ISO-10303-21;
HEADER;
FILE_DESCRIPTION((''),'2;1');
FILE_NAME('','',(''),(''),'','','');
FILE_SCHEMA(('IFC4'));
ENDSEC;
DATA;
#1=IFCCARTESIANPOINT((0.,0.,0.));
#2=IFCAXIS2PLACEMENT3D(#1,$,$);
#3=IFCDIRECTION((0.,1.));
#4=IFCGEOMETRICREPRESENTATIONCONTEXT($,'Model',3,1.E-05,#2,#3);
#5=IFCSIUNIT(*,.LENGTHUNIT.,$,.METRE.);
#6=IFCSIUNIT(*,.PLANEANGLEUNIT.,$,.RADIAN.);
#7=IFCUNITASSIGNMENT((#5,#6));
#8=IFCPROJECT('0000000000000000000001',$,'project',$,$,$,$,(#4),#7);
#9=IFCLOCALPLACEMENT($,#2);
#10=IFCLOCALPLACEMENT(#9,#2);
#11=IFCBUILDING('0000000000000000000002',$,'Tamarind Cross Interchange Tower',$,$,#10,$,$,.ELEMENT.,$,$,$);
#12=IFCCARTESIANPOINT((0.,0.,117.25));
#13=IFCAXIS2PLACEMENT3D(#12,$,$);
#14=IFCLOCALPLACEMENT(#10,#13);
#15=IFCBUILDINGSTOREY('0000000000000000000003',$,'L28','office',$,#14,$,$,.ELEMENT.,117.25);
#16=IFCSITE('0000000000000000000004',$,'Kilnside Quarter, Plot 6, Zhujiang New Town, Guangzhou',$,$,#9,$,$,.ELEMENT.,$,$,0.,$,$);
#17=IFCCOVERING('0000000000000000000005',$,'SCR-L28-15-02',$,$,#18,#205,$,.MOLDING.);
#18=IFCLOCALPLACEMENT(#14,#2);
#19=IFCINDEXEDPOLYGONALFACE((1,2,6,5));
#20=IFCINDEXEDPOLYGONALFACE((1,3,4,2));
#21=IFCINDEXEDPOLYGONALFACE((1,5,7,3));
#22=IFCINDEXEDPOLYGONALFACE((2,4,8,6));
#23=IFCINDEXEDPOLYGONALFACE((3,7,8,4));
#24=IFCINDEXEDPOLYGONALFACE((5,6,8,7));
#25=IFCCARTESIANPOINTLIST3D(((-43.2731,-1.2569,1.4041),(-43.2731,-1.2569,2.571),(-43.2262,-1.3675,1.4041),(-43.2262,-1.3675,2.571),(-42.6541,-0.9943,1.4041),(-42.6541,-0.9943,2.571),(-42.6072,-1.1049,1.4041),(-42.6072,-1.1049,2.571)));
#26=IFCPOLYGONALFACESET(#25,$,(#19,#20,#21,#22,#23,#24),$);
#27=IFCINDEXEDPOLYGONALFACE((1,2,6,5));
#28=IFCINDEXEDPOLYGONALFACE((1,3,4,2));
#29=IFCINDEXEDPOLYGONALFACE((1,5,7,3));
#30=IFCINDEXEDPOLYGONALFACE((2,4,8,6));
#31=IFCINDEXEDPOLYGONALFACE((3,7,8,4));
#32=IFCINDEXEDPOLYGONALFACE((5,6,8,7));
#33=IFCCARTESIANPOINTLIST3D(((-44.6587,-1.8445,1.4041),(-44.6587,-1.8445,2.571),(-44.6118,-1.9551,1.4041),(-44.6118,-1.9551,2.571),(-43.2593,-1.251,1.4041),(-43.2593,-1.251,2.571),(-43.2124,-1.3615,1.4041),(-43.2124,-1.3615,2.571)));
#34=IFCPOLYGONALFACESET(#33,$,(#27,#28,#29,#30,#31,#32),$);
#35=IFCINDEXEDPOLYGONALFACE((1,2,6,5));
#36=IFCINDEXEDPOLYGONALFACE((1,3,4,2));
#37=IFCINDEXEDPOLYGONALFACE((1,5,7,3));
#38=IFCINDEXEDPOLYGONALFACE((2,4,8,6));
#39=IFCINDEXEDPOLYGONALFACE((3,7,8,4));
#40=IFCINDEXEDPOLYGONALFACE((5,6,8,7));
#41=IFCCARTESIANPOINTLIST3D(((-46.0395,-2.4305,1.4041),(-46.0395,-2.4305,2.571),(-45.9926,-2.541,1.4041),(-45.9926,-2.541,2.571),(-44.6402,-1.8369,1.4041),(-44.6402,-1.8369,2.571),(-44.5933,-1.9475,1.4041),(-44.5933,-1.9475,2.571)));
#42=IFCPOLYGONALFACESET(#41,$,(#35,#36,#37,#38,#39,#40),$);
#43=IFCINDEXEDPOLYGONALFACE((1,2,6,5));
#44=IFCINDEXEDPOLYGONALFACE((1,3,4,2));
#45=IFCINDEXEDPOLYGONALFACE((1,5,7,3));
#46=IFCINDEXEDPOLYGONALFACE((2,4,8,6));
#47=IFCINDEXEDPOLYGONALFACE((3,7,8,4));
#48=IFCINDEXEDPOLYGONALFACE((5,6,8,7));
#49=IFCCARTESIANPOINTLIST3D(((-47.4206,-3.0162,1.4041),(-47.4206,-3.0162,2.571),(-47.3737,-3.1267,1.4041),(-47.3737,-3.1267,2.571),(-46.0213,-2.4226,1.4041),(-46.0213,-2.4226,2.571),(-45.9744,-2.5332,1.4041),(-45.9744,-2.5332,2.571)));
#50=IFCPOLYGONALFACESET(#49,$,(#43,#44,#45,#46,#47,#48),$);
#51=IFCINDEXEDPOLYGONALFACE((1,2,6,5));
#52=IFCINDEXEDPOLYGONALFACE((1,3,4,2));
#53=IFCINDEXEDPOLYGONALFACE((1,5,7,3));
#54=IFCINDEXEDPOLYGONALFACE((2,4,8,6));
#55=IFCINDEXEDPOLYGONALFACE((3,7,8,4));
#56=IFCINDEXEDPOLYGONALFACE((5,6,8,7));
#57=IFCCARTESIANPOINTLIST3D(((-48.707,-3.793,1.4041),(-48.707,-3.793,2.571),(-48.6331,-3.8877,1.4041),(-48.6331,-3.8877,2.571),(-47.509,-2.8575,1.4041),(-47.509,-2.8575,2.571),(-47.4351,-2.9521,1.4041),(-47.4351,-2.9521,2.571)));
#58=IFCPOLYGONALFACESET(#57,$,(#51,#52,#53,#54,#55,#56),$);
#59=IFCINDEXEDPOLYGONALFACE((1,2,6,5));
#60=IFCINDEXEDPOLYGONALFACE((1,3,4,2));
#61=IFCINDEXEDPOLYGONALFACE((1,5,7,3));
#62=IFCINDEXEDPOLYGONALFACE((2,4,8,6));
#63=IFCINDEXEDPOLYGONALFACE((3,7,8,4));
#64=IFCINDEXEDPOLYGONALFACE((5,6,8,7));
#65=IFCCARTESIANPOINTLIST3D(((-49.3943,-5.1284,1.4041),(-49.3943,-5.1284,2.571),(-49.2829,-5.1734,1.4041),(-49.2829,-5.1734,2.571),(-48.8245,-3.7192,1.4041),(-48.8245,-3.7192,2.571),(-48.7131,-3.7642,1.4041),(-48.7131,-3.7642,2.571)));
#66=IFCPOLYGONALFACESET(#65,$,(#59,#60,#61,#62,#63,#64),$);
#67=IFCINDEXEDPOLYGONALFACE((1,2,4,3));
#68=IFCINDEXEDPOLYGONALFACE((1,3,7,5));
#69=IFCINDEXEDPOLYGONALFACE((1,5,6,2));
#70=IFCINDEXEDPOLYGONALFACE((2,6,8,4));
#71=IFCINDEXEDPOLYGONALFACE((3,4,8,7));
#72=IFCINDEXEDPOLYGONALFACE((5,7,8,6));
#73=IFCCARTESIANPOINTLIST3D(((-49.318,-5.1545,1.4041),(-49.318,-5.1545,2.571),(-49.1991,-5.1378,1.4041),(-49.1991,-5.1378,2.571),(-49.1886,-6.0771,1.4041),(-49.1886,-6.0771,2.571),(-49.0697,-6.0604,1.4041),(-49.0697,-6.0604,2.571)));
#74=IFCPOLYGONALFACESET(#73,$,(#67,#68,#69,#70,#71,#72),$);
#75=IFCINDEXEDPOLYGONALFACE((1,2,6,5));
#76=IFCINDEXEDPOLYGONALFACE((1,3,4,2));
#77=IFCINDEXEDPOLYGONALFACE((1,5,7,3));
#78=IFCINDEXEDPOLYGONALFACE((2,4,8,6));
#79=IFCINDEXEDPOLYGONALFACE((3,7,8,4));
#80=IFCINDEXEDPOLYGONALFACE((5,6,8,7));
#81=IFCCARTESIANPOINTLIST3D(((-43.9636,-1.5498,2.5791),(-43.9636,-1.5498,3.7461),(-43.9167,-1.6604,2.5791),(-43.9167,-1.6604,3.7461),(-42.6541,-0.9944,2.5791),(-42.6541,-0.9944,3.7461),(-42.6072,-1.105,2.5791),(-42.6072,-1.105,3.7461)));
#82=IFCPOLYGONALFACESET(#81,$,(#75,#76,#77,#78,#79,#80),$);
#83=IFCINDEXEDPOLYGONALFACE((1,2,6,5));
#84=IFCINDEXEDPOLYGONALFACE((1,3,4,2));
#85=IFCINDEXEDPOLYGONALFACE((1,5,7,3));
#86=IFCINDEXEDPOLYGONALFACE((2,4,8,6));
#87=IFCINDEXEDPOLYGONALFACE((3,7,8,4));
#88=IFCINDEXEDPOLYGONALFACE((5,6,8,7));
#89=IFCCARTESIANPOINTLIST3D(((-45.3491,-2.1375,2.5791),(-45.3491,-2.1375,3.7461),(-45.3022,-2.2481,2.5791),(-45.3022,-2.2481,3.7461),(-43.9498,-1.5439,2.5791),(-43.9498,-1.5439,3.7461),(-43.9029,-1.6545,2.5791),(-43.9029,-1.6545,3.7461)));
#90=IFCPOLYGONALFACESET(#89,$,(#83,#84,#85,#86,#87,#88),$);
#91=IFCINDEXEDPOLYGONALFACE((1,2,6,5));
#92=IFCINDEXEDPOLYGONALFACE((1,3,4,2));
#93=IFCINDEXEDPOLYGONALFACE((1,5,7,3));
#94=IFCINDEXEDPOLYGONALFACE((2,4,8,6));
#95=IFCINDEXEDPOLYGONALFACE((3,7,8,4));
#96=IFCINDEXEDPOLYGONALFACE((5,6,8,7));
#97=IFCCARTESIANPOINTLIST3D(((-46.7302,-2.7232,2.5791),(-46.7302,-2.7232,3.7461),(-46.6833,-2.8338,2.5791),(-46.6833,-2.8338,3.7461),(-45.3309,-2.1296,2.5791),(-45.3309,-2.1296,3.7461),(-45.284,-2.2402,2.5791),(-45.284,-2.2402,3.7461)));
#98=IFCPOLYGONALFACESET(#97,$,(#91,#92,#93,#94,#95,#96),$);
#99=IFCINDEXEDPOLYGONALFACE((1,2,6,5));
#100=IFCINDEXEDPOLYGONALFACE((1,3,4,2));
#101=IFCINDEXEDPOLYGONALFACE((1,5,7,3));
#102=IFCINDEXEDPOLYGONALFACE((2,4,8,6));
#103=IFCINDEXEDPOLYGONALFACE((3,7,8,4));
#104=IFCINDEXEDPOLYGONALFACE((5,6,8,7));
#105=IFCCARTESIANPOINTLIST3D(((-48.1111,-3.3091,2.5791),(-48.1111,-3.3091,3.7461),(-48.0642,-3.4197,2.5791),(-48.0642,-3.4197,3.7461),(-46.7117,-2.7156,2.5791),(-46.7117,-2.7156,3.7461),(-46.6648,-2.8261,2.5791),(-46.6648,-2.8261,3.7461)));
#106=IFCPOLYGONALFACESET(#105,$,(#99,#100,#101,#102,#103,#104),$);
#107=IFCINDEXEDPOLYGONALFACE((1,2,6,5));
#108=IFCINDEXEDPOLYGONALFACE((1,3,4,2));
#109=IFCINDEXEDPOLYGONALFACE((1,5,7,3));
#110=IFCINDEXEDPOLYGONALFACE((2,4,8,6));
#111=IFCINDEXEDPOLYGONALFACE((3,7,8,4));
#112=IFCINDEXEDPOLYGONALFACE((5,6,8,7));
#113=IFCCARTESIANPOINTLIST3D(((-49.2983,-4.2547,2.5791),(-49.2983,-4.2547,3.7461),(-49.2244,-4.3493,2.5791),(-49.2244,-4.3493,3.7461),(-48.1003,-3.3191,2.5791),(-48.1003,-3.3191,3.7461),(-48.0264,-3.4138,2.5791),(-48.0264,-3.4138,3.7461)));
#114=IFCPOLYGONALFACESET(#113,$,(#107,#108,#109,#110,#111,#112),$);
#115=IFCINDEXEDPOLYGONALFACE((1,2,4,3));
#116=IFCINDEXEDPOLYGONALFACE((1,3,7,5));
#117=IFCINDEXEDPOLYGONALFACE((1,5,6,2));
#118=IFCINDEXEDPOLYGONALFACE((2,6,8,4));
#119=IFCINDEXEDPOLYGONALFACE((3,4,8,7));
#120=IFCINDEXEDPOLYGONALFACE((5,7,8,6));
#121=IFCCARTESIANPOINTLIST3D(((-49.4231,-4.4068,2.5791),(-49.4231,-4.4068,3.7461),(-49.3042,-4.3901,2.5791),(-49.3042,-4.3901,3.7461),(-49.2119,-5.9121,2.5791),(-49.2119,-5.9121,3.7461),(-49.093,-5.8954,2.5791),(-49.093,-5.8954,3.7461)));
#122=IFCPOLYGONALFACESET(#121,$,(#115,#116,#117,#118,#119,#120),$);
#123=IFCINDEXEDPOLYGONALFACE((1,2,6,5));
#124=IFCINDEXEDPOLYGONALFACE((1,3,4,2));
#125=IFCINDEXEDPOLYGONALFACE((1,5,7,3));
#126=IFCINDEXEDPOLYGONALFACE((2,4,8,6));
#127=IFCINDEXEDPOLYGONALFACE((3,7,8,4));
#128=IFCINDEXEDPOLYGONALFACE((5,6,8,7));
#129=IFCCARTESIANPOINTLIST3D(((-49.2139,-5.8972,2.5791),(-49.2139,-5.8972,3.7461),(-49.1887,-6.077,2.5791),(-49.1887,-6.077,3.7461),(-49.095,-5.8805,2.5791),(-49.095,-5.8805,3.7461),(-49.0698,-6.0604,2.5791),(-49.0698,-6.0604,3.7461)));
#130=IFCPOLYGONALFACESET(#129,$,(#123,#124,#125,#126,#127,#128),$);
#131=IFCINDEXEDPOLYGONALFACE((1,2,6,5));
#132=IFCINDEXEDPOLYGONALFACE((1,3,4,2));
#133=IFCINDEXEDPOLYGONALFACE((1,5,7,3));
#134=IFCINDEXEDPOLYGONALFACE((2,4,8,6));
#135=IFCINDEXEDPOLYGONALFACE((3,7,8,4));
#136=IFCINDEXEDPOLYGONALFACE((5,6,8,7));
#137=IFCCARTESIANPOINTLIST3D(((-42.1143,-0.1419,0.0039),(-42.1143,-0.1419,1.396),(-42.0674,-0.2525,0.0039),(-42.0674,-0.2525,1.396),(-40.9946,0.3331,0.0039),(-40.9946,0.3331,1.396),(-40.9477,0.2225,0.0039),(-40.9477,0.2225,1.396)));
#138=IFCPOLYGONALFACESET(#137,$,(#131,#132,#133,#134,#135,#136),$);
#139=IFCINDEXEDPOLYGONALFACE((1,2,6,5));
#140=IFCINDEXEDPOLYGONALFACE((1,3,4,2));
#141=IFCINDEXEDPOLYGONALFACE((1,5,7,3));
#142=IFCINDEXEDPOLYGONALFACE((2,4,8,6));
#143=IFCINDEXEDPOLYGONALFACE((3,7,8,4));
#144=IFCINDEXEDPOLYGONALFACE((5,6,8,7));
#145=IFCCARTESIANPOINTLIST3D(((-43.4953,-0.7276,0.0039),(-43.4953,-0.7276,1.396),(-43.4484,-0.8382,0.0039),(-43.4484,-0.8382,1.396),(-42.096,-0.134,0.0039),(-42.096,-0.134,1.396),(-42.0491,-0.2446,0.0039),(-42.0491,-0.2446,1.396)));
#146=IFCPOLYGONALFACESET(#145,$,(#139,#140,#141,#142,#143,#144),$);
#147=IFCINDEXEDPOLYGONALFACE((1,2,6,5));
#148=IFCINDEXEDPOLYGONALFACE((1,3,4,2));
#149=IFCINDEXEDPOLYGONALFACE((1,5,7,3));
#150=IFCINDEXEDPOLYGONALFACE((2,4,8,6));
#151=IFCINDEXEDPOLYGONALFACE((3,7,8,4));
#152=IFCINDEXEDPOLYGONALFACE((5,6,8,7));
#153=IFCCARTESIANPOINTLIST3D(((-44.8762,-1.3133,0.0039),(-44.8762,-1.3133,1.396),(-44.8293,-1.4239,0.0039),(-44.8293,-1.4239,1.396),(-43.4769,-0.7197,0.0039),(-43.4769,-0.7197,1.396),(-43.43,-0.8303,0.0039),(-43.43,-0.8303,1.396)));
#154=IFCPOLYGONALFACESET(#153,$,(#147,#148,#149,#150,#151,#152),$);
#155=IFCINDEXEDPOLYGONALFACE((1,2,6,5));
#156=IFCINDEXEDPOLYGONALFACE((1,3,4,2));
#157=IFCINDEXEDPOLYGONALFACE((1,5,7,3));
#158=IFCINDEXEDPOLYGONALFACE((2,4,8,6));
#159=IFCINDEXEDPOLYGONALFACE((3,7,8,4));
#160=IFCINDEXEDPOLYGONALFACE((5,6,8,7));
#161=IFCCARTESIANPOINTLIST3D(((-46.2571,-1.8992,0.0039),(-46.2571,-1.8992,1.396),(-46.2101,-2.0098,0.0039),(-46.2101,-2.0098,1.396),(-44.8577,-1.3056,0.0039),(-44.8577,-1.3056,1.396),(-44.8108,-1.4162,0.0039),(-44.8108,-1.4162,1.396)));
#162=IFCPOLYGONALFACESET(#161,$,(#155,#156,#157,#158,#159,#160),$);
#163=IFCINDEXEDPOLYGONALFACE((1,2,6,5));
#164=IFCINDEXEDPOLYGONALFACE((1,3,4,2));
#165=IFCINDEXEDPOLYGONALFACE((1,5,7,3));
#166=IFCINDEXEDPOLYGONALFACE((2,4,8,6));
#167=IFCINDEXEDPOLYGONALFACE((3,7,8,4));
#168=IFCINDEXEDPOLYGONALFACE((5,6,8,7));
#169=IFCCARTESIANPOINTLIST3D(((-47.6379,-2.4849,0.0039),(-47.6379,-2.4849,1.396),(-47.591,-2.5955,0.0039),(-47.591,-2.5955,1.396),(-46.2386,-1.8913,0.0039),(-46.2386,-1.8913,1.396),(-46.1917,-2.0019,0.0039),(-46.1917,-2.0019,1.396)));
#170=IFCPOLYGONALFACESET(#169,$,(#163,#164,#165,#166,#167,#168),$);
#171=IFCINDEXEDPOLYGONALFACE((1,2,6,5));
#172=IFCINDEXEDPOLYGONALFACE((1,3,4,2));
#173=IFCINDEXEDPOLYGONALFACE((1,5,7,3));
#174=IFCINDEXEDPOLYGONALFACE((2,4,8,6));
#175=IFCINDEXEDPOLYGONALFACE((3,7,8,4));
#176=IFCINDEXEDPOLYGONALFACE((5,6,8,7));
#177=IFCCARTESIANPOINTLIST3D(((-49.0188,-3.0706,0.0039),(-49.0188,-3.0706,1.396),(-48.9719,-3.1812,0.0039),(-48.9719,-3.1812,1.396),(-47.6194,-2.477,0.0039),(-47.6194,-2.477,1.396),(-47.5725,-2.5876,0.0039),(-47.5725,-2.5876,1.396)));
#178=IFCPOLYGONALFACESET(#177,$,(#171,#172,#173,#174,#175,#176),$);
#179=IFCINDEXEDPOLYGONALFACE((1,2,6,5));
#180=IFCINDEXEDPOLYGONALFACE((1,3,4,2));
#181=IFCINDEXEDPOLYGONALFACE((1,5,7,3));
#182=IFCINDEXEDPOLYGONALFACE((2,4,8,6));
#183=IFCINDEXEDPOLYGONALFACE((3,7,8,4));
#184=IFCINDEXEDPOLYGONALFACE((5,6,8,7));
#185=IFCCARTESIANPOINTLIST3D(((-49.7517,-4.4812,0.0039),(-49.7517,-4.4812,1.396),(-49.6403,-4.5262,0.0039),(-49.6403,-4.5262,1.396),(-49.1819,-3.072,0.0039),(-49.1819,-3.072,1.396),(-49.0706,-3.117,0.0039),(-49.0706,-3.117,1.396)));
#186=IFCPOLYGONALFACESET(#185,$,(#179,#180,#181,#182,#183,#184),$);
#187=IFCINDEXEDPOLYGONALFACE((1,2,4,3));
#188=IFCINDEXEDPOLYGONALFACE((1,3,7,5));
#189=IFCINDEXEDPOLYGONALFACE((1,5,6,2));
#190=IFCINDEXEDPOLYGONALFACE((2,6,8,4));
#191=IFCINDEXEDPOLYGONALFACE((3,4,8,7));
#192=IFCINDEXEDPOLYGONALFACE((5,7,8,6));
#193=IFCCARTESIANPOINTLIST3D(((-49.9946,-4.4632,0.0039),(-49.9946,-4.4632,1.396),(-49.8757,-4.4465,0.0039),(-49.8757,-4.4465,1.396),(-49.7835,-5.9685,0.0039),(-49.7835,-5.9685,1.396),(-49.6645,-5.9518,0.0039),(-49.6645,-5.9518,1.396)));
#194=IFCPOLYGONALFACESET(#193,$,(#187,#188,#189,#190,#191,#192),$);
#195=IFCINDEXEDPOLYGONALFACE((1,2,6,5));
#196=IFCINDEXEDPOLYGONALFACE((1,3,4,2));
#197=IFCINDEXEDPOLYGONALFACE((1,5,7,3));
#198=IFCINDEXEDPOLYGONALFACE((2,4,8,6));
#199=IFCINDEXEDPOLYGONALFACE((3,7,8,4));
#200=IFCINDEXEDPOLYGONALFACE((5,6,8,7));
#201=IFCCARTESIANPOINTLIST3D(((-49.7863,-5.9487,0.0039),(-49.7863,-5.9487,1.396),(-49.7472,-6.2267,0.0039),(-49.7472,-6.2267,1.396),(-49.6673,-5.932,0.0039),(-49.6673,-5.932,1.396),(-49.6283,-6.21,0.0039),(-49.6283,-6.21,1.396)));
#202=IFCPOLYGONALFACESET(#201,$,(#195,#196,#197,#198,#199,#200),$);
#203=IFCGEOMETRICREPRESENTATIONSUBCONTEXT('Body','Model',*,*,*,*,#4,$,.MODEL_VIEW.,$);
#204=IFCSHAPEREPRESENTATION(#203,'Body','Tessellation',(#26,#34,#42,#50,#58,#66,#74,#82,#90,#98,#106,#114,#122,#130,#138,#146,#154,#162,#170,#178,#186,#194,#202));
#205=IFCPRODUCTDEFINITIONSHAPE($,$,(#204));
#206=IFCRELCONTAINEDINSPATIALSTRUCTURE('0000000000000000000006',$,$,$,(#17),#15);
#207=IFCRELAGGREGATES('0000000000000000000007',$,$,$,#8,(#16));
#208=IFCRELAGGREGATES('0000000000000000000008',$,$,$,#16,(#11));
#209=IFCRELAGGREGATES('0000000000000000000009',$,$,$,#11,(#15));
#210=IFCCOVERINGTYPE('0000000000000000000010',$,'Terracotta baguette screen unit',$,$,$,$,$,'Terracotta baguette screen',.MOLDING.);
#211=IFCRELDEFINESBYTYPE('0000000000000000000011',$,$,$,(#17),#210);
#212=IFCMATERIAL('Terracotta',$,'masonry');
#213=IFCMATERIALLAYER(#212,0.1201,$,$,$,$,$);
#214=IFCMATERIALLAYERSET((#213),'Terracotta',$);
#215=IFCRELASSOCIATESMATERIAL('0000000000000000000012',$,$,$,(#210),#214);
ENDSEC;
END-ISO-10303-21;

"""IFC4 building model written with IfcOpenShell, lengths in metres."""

from ifc_helpers import new_model, si_unit, direction, frame, origin, origin_2d, place, context, subcontext, project, spatial, rectangle, extrude, material, layer, layer_set, type_object, element, save


model = new_model("IFC4")

# Units and contexts
model_context = context("Model", 3, precision=1e-05, world=origin(), true_north=direction((0.0, 1.0)))
body_context = subcontext(model_context, "Body", "Model", "MODEL_VIEW")
ifc_project = project(units=[si_unit("LENGTHUNIT", "METRE"), si_unit("PLANEANGLEUNIT", "RADIAN")], contexts=[model_context])

# Site, building, storey
site_placement = place(None, origin())
site = spatial("IfcSite", under=ifc_project, at=site_placement, Name="Kilnside Quarter, Plot 6, Zhujiang New Town, Guangzhou", CompositionType="ELEMENT", RefElevation=0.0)
building_placement = place(site_placement, origin())
building = spatial("IfcBuilding", under=site, at=building_placement, Name="Tamarind Cross Interchange Tower", CompositionType="ELEMENT")
storey_placement = place(building_placement, frame((0.0, 0.0, 117.25)))
storey = spatial("IfcBuildingStorey", under=building, at=storey_placement, Name="L28", Description="office", CompositionType="ELEMENT", Elevation=117.25)

# Covering
ifc_material_1 = material(Name="Terracotta", Category="masonry")
ifc_layer_1 = layer(ifc_material_1, 0.1201)
ifc_layer_set_1 = layer_set([ifc_layer_1], Name="Terracotta")
covering_type = type_object("IfcCoveringType", Name="Terracotta baguette screen unit", ElementType="Terracotta baguette screen", PredefinedType="MOLDING", material=ifc_layer_set_1)
covering_1_placement = place(storey_placement, origin())
element("IfcCovering", 1, at=covering_1_placement, inside=storey, type_object=covering_type, Name="SCR-L28-15-02", PredefinedType="MOLDING", context=body_context, shape_type="SweptSolid", body=[
    extrude(rectangle(XDim=0.6724, YDim=0.1201, at=origin_2d()), frame((-42.9402, -1.1809, 1.4041), z_axis=(0.0, 0.0, 1.0), x_axis=(-0.920603, -0.3905, 0.0)), (0.0, 0.0, 1.0), 1.167),
    extrude(rectangle(XDim=1.52, YDim=0.1201, at=origin_2d()), frame((-43.9355, -1.603, 1.4041), z_axis=(0.0, 0.0, 1.0), x_axis=(-0.920603, -0.3905, 0.0)), (0.0, 0.0, 1.0), 1.167),
    extrude(rectangle(XDim=1.52, YDim=0.1201, at=origin_2d()), frame((-45.3164, -2.189, 1.4041), z_axis=(0.0, 0.0, 1.0), x_axis=(-0.920603, -0.3905, 0.0)), (0.0, 0.0, 1.0), 1.167),
    extrude(rectangle(XDim=1.52, YDim=0.1201, at=origin_2d()), frame((-46.6975, -2.7747, 1.4041), z_axis=(0.0, 0.0, 1.0), x_axis=(-0.920603, -0.3905, 0.0)), (0.0, 0.0, 1.0), 1.167),
    extrude(rectangle(XDim=1.52, YDim=0.1201, at=origin_2d()), frame((-48.071, -3.3726, 1.4041), z_axis=(0.0, 0.0, 1.0), x_axis=(-0.788165, -0.615463, 0.0)), (0.0, 0.0, 1.0), 1.167),
    extrude(rectangle(XDim=1.52, YDim=0.1201, at=origin_2d()), frame((-49.0537, -4.4463, 1.4041), z_axis=(0.0, 0.0, 1.0), x_axis=(-0.37484, -0.92709, 0.0)), (0.0, 0.0, 1.0), 1.167),
    extrude(rectangle(XDim=0.9316, YDim=0.1201, at=origin_2d()), frame((-49.1938, -5.6074, 1.4041), z_axis=(0.0, 0.0, 1.0), x_axis=(0.138924, -0.990303, 0.0)), (0.0, 0.0, 1.0), 1.167),
    extrude(rectangle(XDim=1.4224, YDim=0.1201, at=origin_2d()), frame((-43.2854, -1.3274, 2.5791), z_axis=(0.0, 0.0, 1.0), x_axis=(-0.920603, -0.3905, 0.0)), (0.0, 0.0, 1.0), 1.167),
    extrude(rectangle(XDim=1.52, YDim=0.1201, at=origin_2d()), frame((-44.626, -1.896, 2.5791), z_axis=(0.0, 0.0, 1.0), x_axis=(-0.920603, -0.3905, 0.0)), (0.0, 0.0, 1.0), 1.167),
    extrude(rectangle(XDim=1.52, YDim=0.1201, at=origin_2d()), frame((-46.0071, -2.4817, 2.5791), z_axis=(0.0, 0.0, 1.0), x_axis=(-0.920603, -0.3905, 0.0)), (0.0, 0.0, 1.0), 1.167),
    extrude(rectangle(XDim=1.52, YDim=0.1201, at=origin_2d()), frame((-47.3879, -3.0676, 2.5791), z_axis=(0.0, 0.0, 1.0), x_axis=(-0.920603, -0.3905, 0.0)), (0.0, 0.0, 1.0), 1.167),
    extrude(rectangle(XDim=1.52, YDim=0.1201, at=origin_2d()), frame((-48.6624, -3.8342, 2.5791), z_axis=(0.0, 0.0, 1.0), x_axis=(-0.788165, -0.615463, 0.0)), (0.0, 0.0, 1.0), 1.167),
    extrude(rectangle(XDim=1.52, YDim=0.1201, at=origin_2d()), frame((-49.2581, -5.1511, 2.5791), z_axis=(0.0, 0.0, 1.0), x_axis=(0.138924, -0.990303, 0.0)), (0.0, 0.0, 1.0), 1.167),
    extrude(rectangle(XDim=0.1816, YDim=0.1201, at=origin_2d()), frame((-49.1418, -5.9788, 2.5791), z_axis=(0.0, 0.0, 1.0), x_axis=(0.138924, -0.990303, 0.0)), (0.0, 0.0, 1.0), 1.167),
    extrude(rectangle(XDim=1.2163, YDim=0.1201, at=origin_2d()), frame((-41.531, 0.0403, 0.0039), z_axis=(0.0, 0.0, 1.0), x_axis=(-0.920603, -0.3905, 0.0)), (0.0, 0.0, 1.0), 1.3921),
    extrude(rectangle(XDim=1.52, YDim=0.1201, at=origin_2d()), frame((-42.7722, -0.4861, 0.0039), z_axis=(0.0, 0.0, 1.0), x_axis=(-0.920603, -0.3905, 0.0)), (0.0, 0.0, 1.0), 1.3921),
    extrude(rectangle(XDim=1.52, YDim=0.1201, at=origin_2d()), frame((-44.1531, -1.0718, 0.0039), z_axis=(0.0, 0.0, 1.0), x_axis=(-0.920603, -0.3905, 0.0)), (0.0, 0.0, 1.0), 1.3921),
    extrude(rectangle(XDim=1.52, YDim=0.1201, at=origin_2d()), frame((-45.5339, -1.6577, 0.0039), z_axis=(0.0, 0.0, 1.0), x_axis=(-0.920603, -0.3905, 0.0)), (0.0, 0.0, 1.0), 1.3921),
    extrude(rectangle(XDim=1.52, YDim=0.1201, at=origin_2d()), frame((-46.9148, -2.2434, 0.0039), z_axis=(0.0, 0.0, 1.0), x_axis=(-0.920603, -0.3905, 0.0)), (0.0, 0.0, 1.0), 1.3921),
    extrude(rectangle(XDim=1.52, YDim=0.1201, at=origin_2d()), frame((-48.2957, -2.8291, 0.0039), z_axis=(0.0, 0.0, 1.0), x_axis=(-0.920603, -0.3905, 0.0)), (0.0, 0.0, 1.0), 1.3921),
    extrude(rectangle(XDim=1.52, YDim=0.1201, at=origin_2d()), frame((-49.4111, -3.7991, 0.0039), z_axis=(0.0, 0.0, 1.0), x_axis=(-0.37484, -0.92709, 0.0)), (0.0, 0.0, 1.0), 1.3921),
    extrude(rectangle(XDim=1.52, YDim=0.1201, at=origin_2d()), frame((-49.8296, -5.2075, 0.0039), z_axis=(0.0, 0.0, 1.0), x_axis=(0.138924, -0.990303, 0.0)), (0.0, 0.0, 1.0), 1.3921),
    extrude(rectangle(XDim=0.2808, YDim=0.1201, at=origin_2d()), frame((-49.7073, -6.0793, 0.0039), z_axis=(0.0, 0.0, 1.0), x_axis=(0.138924, -0.990303, 0.0)), (0.0, 0.0, 1.0), 1.3921),
])

save(model, "model.ifc")
